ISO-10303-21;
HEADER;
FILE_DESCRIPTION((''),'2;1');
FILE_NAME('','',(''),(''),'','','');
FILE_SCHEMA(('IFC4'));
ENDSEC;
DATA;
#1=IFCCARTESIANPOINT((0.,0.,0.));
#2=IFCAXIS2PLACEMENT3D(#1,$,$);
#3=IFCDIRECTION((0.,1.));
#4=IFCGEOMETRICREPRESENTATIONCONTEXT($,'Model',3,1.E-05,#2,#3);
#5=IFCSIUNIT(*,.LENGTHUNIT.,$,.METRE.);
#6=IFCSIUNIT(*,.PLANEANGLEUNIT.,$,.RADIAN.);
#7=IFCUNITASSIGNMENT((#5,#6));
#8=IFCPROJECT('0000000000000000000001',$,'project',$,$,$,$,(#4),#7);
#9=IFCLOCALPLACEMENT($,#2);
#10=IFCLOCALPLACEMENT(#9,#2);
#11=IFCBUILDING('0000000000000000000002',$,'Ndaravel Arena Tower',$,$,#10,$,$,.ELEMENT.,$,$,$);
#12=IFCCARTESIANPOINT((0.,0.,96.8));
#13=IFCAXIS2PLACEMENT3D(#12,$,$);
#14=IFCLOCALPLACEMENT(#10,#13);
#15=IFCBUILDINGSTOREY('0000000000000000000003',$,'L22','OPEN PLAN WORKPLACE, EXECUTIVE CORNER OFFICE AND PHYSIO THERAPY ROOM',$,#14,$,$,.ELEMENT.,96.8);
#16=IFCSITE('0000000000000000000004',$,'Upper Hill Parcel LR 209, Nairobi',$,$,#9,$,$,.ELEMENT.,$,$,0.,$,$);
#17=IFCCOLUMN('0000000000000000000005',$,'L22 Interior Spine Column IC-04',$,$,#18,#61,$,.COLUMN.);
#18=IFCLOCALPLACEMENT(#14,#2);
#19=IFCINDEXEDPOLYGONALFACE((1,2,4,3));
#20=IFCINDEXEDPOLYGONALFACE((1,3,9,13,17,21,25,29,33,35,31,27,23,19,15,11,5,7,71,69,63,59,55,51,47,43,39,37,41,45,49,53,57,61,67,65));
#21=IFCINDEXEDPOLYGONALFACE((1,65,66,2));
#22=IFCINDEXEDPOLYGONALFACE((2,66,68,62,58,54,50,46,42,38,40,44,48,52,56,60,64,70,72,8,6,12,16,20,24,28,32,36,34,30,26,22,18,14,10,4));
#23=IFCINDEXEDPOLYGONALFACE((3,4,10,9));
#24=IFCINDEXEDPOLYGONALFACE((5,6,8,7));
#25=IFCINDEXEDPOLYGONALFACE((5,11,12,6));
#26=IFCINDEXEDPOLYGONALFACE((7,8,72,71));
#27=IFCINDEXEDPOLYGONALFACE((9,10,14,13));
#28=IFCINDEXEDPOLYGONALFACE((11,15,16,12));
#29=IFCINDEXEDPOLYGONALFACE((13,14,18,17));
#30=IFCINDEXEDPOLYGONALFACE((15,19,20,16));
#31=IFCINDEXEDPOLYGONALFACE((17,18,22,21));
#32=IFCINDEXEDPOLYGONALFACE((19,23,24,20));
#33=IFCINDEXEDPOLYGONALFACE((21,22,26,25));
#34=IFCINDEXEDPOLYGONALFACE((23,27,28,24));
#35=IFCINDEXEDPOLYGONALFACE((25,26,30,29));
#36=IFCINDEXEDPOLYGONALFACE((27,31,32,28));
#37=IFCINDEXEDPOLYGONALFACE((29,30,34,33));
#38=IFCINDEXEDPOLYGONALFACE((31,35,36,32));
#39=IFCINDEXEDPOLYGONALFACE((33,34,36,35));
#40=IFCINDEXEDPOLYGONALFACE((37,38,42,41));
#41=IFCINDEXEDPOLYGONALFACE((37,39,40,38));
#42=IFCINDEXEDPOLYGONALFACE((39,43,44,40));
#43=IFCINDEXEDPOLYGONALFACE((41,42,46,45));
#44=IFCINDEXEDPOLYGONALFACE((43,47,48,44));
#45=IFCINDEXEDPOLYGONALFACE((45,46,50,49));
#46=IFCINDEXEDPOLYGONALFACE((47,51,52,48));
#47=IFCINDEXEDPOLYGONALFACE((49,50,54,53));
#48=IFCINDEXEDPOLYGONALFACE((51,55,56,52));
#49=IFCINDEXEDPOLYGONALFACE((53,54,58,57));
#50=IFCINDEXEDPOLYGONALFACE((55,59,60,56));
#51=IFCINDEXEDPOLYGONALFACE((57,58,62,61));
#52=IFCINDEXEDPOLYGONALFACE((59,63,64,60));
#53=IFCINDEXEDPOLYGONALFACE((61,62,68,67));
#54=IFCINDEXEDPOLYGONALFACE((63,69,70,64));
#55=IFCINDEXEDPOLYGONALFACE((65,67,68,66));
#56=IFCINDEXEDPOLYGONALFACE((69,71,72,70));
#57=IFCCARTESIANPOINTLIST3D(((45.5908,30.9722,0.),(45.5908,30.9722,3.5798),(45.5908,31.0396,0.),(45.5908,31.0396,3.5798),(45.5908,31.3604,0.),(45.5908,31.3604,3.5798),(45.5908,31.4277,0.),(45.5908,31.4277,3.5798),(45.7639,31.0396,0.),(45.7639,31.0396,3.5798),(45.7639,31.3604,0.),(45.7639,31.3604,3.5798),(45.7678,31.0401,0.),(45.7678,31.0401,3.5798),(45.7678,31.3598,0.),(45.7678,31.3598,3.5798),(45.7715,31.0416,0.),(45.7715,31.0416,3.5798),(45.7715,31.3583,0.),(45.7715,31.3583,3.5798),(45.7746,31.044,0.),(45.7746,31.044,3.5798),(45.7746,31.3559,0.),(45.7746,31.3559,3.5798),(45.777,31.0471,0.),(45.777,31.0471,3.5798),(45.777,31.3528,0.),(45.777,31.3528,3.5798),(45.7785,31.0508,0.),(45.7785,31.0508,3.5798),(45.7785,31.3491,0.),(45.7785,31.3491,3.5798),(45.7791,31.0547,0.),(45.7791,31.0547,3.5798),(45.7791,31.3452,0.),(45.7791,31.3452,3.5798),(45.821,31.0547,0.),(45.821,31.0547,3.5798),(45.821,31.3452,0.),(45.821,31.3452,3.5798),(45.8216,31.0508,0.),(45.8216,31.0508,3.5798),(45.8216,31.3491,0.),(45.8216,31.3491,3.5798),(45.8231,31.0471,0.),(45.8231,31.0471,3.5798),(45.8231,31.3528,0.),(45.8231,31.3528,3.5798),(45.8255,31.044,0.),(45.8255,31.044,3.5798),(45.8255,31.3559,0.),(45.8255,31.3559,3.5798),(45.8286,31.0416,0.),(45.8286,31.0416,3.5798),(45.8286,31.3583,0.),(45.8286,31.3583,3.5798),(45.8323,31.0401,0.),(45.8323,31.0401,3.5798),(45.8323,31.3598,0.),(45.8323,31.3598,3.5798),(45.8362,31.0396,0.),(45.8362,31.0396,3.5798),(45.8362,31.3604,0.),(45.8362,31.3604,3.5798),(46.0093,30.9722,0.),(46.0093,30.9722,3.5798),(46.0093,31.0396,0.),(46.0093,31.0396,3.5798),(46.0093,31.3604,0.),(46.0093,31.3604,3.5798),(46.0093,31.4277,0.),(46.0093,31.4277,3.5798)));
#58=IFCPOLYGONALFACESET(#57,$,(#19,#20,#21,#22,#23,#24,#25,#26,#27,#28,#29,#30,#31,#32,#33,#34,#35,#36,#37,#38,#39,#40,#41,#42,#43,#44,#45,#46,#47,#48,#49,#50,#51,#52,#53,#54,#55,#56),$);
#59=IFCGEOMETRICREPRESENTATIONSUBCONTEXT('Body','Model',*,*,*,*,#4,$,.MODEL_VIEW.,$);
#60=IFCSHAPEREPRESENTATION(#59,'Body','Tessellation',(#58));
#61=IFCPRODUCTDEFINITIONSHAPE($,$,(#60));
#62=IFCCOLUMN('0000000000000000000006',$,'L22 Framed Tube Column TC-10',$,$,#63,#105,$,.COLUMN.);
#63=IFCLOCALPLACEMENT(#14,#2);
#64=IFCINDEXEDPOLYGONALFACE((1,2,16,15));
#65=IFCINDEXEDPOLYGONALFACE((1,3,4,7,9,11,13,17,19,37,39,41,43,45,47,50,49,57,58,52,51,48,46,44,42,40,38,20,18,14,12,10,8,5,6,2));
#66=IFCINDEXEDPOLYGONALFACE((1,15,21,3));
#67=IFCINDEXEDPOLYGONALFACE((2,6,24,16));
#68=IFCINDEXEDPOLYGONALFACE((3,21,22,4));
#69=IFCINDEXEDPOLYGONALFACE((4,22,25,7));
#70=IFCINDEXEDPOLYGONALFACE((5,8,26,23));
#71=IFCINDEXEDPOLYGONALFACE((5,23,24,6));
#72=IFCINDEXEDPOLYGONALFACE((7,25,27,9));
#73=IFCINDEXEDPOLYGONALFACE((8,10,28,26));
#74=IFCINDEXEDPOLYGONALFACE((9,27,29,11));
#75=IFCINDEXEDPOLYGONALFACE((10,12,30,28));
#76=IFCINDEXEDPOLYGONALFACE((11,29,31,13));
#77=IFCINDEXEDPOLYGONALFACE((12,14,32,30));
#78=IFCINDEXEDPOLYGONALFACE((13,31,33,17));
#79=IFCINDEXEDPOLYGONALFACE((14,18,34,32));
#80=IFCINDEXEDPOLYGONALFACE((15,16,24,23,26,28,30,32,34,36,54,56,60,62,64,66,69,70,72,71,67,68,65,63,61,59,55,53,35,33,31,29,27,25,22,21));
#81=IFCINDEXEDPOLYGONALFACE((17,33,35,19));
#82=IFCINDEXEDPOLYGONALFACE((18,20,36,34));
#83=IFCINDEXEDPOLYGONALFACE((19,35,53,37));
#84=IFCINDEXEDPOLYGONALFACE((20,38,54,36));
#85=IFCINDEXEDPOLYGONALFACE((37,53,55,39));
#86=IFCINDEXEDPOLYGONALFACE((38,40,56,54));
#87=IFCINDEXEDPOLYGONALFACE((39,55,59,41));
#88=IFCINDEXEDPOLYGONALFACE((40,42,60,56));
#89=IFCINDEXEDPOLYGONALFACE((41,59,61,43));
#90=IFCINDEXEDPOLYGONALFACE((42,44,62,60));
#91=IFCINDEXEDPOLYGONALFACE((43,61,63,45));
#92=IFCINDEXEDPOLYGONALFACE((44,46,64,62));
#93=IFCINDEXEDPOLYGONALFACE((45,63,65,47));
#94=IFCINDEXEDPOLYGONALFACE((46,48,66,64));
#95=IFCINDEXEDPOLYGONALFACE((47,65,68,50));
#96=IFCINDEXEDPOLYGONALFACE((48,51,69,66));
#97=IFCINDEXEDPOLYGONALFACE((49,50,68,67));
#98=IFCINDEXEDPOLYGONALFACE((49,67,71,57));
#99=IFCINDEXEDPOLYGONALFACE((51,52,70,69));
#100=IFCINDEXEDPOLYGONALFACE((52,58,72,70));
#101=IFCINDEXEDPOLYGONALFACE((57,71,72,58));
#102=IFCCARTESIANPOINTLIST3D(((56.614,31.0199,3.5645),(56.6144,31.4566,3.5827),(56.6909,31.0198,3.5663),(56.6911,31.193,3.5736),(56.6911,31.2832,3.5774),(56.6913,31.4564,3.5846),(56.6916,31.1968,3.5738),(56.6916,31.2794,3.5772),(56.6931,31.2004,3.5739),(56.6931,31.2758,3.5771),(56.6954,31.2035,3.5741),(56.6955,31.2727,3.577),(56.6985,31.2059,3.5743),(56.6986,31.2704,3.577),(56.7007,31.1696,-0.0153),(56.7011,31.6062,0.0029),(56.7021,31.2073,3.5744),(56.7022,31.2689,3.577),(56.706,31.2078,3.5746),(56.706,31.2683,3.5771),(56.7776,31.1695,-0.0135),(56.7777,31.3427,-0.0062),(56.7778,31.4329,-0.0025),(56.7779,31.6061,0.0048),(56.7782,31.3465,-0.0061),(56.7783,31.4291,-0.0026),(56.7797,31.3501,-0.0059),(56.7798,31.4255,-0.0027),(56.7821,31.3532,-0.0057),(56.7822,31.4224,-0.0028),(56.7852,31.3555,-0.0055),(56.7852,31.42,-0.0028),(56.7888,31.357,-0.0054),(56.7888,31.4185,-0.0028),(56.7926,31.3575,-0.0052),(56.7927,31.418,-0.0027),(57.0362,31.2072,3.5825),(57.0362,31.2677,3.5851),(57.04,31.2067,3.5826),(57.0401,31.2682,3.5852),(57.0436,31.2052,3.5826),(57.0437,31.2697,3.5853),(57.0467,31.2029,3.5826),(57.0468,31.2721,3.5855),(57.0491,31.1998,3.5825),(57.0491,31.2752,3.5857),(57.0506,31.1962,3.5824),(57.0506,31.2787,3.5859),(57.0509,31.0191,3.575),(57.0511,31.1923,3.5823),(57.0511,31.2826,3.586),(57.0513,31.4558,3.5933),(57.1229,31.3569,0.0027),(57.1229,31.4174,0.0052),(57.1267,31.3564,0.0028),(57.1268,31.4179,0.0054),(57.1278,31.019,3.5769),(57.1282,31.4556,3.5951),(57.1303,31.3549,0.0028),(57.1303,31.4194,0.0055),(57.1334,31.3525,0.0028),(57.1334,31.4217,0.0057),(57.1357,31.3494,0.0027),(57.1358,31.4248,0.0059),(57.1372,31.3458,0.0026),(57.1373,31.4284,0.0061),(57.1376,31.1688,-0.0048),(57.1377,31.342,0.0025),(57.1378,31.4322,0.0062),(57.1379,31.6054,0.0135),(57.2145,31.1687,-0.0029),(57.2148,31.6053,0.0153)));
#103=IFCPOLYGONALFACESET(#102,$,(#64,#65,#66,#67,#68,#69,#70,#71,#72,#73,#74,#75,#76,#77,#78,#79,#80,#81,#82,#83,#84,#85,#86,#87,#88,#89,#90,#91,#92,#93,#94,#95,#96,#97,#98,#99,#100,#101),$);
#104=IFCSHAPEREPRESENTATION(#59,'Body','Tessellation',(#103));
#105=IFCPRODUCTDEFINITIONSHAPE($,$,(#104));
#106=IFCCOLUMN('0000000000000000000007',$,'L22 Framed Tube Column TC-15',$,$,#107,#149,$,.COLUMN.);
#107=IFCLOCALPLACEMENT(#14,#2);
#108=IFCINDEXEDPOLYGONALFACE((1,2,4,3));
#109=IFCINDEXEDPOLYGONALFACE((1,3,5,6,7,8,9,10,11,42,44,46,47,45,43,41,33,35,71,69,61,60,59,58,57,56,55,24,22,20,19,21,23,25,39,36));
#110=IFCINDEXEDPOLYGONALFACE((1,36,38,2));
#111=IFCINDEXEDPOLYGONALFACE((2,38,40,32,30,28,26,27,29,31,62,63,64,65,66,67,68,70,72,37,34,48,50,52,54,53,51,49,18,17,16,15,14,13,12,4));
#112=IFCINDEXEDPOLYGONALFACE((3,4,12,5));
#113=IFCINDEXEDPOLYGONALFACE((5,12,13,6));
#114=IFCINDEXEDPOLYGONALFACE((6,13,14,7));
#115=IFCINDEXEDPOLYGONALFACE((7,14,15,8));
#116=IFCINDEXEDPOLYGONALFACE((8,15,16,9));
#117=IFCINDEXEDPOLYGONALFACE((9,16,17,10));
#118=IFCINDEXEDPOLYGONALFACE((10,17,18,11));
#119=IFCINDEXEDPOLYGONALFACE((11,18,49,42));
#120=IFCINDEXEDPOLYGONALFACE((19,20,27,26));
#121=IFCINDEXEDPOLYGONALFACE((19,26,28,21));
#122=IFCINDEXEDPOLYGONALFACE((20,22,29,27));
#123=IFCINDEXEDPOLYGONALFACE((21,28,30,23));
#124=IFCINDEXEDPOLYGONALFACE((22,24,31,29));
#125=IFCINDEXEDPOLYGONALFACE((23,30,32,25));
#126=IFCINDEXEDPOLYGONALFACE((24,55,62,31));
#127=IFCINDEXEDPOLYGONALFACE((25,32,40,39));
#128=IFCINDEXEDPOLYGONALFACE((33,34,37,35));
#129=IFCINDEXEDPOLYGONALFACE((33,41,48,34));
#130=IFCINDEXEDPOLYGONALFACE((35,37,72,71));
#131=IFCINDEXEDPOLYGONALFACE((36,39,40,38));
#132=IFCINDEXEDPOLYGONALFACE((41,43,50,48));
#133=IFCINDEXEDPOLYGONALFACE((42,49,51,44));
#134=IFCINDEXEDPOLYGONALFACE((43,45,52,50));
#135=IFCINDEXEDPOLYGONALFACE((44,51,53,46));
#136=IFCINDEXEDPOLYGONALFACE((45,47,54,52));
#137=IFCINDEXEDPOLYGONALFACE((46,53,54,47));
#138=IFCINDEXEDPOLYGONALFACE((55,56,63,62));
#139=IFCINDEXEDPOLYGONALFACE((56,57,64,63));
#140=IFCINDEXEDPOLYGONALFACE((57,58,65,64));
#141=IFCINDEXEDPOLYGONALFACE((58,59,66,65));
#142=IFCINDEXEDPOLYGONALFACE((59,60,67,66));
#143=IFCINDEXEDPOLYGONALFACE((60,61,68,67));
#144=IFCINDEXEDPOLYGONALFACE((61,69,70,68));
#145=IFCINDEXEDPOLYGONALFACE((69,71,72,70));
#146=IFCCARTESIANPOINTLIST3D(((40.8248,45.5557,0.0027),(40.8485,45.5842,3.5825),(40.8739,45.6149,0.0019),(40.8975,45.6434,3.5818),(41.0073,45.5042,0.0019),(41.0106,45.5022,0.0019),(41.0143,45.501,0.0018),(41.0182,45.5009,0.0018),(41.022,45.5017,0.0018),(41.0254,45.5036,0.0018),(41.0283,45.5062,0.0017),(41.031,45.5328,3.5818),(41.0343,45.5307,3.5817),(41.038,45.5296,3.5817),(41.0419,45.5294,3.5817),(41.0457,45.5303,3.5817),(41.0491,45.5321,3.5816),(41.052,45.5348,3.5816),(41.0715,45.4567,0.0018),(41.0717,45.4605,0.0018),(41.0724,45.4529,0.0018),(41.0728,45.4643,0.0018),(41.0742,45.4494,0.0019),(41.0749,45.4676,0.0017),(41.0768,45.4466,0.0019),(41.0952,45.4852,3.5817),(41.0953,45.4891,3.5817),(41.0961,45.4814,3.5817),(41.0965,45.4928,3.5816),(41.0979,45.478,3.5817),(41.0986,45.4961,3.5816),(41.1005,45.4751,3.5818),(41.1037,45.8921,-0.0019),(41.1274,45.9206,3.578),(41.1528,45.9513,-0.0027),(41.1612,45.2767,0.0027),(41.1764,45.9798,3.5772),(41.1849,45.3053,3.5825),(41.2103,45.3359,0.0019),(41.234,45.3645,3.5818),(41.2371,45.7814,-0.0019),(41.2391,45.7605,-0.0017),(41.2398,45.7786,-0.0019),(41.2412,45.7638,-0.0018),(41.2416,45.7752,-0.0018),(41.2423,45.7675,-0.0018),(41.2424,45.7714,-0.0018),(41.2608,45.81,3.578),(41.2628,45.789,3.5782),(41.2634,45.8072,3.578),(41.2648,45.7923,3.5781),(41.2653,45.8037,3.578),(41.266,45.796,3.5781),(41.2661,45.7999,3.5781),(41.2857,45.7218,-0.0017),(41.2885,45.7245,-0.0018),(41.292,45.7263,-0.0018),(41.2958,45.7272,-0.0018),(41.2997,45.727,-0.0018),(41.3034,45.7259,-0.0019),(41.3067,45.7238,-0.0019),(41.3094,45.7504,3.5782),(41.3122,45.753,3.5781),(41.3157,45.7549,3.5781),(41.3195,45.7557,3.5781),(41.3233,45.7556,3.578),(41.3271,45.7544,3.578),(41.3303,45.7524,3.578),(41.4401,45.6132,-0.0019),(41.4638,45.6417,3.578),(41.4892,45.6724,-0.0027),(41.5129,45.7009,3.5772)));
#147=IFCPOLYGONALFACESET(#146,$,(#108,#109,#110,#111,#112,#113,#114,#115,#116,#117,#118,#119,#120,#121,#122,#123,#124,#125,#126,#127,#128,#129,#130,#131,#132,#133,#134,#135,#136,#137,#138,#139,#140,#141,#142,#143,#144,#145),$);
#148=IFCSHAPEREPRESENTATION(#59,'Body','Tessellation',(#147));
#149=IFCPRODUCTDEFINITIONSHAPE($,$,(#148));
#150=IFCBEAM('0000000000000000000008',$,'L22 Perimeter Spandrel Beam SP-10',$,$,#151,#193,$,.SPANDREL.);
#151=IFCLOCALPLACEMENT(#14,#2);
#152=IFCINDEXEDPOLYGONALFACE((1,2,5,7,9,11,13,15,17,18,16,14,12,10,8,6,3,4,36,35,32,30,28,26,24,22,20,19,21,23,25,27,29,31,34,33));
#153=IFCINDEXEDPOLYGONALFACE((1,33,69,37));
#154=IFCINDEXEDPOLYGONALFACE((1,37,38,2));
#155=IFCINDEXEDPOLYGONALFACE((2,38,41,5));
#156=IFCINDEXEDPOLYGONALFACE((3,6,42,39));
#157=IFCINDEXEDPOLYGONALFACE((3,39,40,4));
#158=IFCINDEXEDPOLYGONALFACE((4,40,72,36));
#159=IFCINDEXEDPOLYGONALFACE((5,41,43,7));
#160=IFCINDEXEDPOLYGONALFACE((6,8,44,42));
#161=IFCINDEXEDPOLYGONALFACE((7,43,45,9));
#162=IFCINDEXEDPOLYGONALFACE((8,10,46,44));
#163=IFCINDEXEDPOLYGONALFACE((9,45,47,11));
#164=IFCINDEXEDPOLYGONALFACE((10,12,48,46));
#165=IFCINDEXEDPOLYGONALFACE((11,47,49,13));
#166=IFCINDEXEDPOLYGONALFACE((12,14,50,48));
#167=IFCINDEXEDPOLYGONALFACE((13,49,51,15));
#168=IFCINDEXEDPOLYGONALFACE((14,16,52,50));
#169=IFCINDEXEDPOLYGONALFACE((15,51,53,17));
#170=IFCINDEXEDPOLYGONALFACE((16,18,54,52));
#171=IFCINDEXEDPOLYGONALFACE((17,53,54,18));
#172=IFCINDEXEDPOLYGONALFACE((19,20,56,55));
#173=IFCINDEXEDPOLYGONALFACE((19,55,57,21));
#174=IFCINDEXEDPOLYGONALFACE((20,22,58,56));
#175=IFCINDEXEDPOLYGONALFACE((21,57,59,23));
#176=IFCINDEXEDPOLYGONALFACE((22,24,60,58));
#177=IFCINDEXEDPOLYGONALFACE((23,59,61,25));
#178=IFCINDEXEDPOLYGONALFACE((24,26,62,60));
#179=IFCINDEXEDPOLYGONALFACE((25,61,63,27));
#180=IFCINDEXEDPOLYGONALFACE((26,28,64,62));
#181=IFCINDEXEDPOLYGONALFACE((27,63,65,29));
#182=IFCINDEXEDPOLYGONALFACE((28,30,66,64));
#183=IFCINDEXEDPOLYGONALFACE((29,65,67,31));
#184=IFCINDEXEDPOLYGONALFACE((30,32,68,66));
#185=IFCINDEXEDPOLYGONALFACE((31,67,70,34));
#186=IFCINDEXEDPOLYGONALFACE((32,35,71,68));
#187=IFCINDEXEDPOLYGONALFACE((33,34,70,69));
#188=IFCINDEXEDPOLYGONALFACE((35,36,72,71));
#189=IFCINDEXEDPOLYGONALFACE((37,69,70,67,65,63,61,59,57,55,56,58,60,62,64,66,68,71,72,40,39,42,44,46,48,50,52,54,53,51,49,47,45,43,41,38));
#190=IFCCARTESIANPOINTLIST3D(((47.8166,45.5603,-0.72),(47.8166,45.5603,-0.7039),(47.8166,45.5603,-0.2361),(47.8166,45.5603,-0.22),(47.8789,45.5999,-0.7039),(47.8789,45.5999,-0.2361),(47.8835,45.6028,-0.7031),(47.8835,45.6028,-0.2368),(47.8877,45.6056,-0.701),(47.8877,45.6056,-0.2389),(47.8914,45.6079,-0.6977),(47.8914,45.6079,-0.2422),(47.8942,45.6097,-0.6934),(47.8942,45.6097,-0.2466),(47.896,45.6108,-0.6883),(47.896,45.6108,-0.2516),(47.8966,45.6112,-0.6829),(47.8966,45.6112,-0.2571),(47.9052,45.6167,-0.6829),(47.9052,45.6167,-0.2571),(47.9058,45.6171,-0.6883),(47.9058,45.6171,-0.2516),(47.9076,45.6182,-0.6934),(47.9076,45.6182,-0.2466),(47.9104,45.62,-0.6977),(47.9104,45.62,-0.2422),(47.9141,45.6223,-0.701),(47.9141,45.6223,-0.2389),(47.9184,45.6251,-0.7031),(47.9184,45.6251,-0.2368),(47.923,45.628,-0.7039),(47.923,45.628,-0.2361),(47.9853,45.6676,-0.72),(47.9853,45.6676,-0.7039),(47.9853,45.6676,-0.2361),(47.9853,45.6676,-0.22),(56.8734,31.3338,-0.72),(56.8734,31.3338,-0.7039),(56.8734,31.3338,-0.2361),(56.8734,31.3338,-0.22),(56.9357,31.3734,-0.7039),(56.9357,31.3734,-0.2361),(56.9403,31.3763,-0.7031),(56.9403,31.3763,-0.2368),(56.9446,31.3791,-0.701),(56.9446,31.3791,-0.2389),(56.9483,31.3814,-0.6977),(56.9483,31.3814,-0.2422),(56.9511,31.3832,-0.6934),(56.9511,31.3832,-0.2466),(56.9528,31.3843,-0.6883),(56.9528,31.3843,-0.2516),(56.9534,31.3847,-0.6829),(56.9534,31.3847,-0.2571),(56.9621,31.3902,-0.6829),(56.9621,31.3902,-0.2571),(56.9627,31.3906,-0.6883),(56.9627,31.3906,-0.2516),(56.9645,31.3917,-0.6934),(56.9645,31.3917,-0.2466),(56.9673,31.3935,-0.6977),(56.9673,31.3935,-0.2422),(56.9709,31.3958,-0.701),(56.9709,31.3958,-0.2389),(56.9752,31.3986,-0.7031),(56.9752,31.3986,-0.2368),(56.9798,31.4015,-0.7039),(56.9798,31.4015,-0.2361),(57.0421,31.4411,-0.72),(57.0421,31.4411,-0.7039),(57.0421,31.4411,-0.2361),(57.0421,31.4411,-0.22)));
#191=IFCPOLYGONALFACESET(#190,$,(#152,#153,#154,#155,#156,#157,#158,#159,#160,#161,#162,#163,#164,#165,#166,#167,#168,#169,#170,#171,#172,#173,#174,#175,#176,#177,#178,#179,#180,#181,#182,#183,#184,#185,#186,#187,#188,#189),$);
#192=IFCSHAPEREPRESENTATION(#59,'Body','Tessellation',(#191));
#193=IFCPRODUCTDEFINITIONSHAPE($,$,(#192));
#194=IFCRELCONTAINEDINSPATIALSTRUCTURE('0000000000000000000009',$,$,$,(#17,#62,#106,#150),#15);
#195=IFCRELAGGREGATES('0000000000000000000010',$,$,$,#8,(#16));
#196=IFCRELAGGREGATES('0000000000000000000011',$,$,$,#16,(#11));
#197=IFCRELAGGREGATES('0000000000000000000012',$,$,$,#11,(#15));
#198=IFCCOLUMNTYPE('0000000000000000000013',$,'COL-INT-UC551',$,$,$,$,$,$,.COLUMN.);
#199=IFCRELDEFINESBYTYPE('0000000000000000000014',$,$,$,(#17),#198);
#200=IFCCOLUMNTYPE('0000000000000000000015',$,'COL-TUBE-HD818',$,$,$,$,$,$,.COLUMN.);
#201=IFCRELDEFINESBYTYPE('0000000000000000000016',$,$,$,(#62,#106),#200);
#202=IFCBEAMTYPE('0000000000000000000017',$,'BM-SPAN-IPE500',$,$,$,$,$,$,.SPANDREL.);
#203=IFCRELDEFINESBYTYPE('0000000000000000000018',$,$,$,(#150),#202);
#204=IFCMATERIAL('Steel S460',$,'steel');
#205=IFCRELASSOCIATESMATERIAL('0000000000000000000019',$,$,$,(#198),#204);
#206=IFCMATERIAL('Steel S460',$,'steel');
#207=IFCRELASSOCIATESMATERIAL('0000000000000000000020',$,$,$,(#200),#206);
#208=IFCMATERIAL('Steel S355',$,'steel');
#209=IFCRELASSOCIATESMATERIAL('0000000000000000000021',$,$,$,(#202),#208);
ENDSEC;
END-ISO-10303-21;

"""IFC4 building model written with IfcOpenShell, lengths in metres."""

from ifc_helpers import new_model, si_unit, direction, frame, origin, origin_2d, place, context, subcontext, project, spatial, i_section, extrude, material, material_profile, profile_set, type_object, element, save


model = new_model("IFC4")

# Units and contexts
model_context = context("Model", 3, precision=1e-05, world=origin(), true_north=direction((0.0, 1.0)))
body_context = subcontext(model_context, "Body", "Model", "MODEL_VIEW")
ifc_project = project(units=[si_unit("LENGTHUNIT", "METRE"), si_unit("PLANEANGLEUNIT", "RADIAN")], contexts=[model_context])

# Site, building, storey
site_placement = place(None, origin())
site = spatial("IfcSite", under=ifc_project, at=site_placement, Name="Upper Hill Parcel LR 209, Nairobi", CompositionType="ELEMENT", RefElevation=0.0)
building_placement = place(site_placement, origin())
building = spatial("IfcBuilding", under=site, at=building_placement, Name="Ndaravel Arena Tower", CompositionType="ELEMENT")
storey_placement = place(building_placement, frame((0.0, 0.0, 96.8)))
storey = spatial("IfcBuildingStorey", under=building, at=storey_placement, Name="L22", Description="OPEN PLAN WORKPLACE, EXECUTIVE CORNER OFFICE AND PHYSIO THERAPY ROOM", CompositionType="ELEMENT", Elevation=96.8)

# Columns
ifc_material_1 = material(Name="Steel S460", Category="steel")
ifc_material_profile_1 = material_profile(ifc_material_1, i_section(OverallWidth=0.4185, OverallDepth=0.4556, WebThickness=0.042, FlangeThickness=0.0674, FilletRadius=0.0151, at=origin_2d()), Name="UC 356x406x551")
ifc_profile_set_1 = profile_set([ifc_material_profile_1], Name="Steel S460")
column_type_1 = type_object("IfcColumnType", Name="COL-INT-UC551", PredefinedType="COLUMN", material=ifc_profile_set_1)
column_1_placement = place(storey_placement, frame((45.8, 31.2, 0.0), z_axis=(0.0, 0.0, 1.0), x_axis=(1.0, 0.0, 0.0)))
element("IfcColumn", 1, at=column_1_placement, inside=storey, type_object=column_type_1, Name="L22 Interior Spine Column IC-04", PredefinedType="COLUMN", context=body_context, shape_type="SweptSolid", body=[
    extrude(i_section(OverallWidth=0.4185, OverallDepth=0.4556, WebThickness=0.042, FlangeThickness=0.0674, FilletRadius=0.0151, at=origin_2d()), origin(), (0.0, 0.0, 1.0), 3.5798),
])
ifc_material_2 = material(Name="Steel S460", Category="steel")
ifc_material_profile_2 = material_profile(ifc_material_2, i_section(OverallWidth=0.437, OverallDepth=0.5139, WebThickness=0.0605, FlangeThickness=0.0769, FilletRadius=0.0149, at=origin_2d()), Name="HD 400x818")
ifc_profile_set_2 = profile_set([ifc_material_profile_2], Name="Steel S460")
column_type_2 = type_object("IfcColumnType", Name="COL-TUBE-HD818", PredefinedType="COLUMN", material=ifc_profile_set_2)
column_2_placement = place(storey_placement, frame((56.9578, 31.3875, 0.0), z_axis=(-0.024182, -0.041757, 0.998835), x_axis=(0.00082, 0.999126, 0.041789)))
element("IfcColumn", 2, at=column_2_placement, inside=storey, type_object=column_type_2, Name="L22 Framed Tube Column TC-10", PredefinedType="COLUMN", context=body_context, shape_type="SweptSolid", body=[
    extrude(i_section(OverallWidth=0.437, OverallDepth=0.5139, WebThickness=0.0605, FlangeThickness=0.0769, FilletRadius=0.0149, at=origin_2d()), origin(), (0.0, 0.0, 1.0), 3.584),
])
column_3_placement = place(storey_placement, frame((41.157, 45.614, 0.0), z_axis=(0.006615, 0.007979, 0.999946), x_axis=(-0.769837, 0.638241, 0.0)))
element("IfcColumn", 3, at=column_3_placement, inside=storey, type_object=column_type_2, Name="L22 Framed Tube Column TC-15", PredefinedType="COLUMN", context=body_context, shape_type="SweptSolid", body=[
    extrude(i_section(OverallWidth=0.437, OverallDepth=0.5139, WebThickness=0.0605, FlangeThickness=0.0769, FilletRadius=0.0149, at=origin_2d()), origin(), (0.0, 0.0, 1.0), 3.5801),
])

# Beam
ifc_material_3 = material(Name="Steel S355", Category="steel")
ifc_material_profile_3 = material_profile(ifc_material_3, i_section(OverallWidth=0.2, OverallDepth=0.5, WebThickness=0.0103, FlangeThickness=0.0161, FilletRadius=0.021, at=origin_2d()), Name="IPE 500")
ifc_profile_set_3 = profile_set([ifc_material_profile_3], Name="Steel S355")
beam_type = type_object("IfcBeamType", Name="BM-SPAN-IPE500", PredefinedType="SPANDREL", material=ifc_profile_set_3)
beam_placement = place(storey_placement, frame((56.9578, 31.3875, -0.47), z_axis=(-0.537028, 0.843564, 0.0), x_axis=(-0.843564, -0.537028, 0.0)))
element("IfcBeam", 4, at=beam_placement, inside=storey, type_object=beam_type, Name="L22 Perimeter Spandrel Beam SP-10", PredefinedType="SPANDREL", context=body_context, shape_type="SweptSolid", body=[
    extrude(i_section(OverallWidth=0.2, OverallDepth=0.5, WebThickness=0.0103, FlangeThickness=0.0161, FilletRadius=0.021, at=origin_2d()), origin(), (0.0, 0.0, 1.0), 16.8647),
])

save(model, "model.ifc")
